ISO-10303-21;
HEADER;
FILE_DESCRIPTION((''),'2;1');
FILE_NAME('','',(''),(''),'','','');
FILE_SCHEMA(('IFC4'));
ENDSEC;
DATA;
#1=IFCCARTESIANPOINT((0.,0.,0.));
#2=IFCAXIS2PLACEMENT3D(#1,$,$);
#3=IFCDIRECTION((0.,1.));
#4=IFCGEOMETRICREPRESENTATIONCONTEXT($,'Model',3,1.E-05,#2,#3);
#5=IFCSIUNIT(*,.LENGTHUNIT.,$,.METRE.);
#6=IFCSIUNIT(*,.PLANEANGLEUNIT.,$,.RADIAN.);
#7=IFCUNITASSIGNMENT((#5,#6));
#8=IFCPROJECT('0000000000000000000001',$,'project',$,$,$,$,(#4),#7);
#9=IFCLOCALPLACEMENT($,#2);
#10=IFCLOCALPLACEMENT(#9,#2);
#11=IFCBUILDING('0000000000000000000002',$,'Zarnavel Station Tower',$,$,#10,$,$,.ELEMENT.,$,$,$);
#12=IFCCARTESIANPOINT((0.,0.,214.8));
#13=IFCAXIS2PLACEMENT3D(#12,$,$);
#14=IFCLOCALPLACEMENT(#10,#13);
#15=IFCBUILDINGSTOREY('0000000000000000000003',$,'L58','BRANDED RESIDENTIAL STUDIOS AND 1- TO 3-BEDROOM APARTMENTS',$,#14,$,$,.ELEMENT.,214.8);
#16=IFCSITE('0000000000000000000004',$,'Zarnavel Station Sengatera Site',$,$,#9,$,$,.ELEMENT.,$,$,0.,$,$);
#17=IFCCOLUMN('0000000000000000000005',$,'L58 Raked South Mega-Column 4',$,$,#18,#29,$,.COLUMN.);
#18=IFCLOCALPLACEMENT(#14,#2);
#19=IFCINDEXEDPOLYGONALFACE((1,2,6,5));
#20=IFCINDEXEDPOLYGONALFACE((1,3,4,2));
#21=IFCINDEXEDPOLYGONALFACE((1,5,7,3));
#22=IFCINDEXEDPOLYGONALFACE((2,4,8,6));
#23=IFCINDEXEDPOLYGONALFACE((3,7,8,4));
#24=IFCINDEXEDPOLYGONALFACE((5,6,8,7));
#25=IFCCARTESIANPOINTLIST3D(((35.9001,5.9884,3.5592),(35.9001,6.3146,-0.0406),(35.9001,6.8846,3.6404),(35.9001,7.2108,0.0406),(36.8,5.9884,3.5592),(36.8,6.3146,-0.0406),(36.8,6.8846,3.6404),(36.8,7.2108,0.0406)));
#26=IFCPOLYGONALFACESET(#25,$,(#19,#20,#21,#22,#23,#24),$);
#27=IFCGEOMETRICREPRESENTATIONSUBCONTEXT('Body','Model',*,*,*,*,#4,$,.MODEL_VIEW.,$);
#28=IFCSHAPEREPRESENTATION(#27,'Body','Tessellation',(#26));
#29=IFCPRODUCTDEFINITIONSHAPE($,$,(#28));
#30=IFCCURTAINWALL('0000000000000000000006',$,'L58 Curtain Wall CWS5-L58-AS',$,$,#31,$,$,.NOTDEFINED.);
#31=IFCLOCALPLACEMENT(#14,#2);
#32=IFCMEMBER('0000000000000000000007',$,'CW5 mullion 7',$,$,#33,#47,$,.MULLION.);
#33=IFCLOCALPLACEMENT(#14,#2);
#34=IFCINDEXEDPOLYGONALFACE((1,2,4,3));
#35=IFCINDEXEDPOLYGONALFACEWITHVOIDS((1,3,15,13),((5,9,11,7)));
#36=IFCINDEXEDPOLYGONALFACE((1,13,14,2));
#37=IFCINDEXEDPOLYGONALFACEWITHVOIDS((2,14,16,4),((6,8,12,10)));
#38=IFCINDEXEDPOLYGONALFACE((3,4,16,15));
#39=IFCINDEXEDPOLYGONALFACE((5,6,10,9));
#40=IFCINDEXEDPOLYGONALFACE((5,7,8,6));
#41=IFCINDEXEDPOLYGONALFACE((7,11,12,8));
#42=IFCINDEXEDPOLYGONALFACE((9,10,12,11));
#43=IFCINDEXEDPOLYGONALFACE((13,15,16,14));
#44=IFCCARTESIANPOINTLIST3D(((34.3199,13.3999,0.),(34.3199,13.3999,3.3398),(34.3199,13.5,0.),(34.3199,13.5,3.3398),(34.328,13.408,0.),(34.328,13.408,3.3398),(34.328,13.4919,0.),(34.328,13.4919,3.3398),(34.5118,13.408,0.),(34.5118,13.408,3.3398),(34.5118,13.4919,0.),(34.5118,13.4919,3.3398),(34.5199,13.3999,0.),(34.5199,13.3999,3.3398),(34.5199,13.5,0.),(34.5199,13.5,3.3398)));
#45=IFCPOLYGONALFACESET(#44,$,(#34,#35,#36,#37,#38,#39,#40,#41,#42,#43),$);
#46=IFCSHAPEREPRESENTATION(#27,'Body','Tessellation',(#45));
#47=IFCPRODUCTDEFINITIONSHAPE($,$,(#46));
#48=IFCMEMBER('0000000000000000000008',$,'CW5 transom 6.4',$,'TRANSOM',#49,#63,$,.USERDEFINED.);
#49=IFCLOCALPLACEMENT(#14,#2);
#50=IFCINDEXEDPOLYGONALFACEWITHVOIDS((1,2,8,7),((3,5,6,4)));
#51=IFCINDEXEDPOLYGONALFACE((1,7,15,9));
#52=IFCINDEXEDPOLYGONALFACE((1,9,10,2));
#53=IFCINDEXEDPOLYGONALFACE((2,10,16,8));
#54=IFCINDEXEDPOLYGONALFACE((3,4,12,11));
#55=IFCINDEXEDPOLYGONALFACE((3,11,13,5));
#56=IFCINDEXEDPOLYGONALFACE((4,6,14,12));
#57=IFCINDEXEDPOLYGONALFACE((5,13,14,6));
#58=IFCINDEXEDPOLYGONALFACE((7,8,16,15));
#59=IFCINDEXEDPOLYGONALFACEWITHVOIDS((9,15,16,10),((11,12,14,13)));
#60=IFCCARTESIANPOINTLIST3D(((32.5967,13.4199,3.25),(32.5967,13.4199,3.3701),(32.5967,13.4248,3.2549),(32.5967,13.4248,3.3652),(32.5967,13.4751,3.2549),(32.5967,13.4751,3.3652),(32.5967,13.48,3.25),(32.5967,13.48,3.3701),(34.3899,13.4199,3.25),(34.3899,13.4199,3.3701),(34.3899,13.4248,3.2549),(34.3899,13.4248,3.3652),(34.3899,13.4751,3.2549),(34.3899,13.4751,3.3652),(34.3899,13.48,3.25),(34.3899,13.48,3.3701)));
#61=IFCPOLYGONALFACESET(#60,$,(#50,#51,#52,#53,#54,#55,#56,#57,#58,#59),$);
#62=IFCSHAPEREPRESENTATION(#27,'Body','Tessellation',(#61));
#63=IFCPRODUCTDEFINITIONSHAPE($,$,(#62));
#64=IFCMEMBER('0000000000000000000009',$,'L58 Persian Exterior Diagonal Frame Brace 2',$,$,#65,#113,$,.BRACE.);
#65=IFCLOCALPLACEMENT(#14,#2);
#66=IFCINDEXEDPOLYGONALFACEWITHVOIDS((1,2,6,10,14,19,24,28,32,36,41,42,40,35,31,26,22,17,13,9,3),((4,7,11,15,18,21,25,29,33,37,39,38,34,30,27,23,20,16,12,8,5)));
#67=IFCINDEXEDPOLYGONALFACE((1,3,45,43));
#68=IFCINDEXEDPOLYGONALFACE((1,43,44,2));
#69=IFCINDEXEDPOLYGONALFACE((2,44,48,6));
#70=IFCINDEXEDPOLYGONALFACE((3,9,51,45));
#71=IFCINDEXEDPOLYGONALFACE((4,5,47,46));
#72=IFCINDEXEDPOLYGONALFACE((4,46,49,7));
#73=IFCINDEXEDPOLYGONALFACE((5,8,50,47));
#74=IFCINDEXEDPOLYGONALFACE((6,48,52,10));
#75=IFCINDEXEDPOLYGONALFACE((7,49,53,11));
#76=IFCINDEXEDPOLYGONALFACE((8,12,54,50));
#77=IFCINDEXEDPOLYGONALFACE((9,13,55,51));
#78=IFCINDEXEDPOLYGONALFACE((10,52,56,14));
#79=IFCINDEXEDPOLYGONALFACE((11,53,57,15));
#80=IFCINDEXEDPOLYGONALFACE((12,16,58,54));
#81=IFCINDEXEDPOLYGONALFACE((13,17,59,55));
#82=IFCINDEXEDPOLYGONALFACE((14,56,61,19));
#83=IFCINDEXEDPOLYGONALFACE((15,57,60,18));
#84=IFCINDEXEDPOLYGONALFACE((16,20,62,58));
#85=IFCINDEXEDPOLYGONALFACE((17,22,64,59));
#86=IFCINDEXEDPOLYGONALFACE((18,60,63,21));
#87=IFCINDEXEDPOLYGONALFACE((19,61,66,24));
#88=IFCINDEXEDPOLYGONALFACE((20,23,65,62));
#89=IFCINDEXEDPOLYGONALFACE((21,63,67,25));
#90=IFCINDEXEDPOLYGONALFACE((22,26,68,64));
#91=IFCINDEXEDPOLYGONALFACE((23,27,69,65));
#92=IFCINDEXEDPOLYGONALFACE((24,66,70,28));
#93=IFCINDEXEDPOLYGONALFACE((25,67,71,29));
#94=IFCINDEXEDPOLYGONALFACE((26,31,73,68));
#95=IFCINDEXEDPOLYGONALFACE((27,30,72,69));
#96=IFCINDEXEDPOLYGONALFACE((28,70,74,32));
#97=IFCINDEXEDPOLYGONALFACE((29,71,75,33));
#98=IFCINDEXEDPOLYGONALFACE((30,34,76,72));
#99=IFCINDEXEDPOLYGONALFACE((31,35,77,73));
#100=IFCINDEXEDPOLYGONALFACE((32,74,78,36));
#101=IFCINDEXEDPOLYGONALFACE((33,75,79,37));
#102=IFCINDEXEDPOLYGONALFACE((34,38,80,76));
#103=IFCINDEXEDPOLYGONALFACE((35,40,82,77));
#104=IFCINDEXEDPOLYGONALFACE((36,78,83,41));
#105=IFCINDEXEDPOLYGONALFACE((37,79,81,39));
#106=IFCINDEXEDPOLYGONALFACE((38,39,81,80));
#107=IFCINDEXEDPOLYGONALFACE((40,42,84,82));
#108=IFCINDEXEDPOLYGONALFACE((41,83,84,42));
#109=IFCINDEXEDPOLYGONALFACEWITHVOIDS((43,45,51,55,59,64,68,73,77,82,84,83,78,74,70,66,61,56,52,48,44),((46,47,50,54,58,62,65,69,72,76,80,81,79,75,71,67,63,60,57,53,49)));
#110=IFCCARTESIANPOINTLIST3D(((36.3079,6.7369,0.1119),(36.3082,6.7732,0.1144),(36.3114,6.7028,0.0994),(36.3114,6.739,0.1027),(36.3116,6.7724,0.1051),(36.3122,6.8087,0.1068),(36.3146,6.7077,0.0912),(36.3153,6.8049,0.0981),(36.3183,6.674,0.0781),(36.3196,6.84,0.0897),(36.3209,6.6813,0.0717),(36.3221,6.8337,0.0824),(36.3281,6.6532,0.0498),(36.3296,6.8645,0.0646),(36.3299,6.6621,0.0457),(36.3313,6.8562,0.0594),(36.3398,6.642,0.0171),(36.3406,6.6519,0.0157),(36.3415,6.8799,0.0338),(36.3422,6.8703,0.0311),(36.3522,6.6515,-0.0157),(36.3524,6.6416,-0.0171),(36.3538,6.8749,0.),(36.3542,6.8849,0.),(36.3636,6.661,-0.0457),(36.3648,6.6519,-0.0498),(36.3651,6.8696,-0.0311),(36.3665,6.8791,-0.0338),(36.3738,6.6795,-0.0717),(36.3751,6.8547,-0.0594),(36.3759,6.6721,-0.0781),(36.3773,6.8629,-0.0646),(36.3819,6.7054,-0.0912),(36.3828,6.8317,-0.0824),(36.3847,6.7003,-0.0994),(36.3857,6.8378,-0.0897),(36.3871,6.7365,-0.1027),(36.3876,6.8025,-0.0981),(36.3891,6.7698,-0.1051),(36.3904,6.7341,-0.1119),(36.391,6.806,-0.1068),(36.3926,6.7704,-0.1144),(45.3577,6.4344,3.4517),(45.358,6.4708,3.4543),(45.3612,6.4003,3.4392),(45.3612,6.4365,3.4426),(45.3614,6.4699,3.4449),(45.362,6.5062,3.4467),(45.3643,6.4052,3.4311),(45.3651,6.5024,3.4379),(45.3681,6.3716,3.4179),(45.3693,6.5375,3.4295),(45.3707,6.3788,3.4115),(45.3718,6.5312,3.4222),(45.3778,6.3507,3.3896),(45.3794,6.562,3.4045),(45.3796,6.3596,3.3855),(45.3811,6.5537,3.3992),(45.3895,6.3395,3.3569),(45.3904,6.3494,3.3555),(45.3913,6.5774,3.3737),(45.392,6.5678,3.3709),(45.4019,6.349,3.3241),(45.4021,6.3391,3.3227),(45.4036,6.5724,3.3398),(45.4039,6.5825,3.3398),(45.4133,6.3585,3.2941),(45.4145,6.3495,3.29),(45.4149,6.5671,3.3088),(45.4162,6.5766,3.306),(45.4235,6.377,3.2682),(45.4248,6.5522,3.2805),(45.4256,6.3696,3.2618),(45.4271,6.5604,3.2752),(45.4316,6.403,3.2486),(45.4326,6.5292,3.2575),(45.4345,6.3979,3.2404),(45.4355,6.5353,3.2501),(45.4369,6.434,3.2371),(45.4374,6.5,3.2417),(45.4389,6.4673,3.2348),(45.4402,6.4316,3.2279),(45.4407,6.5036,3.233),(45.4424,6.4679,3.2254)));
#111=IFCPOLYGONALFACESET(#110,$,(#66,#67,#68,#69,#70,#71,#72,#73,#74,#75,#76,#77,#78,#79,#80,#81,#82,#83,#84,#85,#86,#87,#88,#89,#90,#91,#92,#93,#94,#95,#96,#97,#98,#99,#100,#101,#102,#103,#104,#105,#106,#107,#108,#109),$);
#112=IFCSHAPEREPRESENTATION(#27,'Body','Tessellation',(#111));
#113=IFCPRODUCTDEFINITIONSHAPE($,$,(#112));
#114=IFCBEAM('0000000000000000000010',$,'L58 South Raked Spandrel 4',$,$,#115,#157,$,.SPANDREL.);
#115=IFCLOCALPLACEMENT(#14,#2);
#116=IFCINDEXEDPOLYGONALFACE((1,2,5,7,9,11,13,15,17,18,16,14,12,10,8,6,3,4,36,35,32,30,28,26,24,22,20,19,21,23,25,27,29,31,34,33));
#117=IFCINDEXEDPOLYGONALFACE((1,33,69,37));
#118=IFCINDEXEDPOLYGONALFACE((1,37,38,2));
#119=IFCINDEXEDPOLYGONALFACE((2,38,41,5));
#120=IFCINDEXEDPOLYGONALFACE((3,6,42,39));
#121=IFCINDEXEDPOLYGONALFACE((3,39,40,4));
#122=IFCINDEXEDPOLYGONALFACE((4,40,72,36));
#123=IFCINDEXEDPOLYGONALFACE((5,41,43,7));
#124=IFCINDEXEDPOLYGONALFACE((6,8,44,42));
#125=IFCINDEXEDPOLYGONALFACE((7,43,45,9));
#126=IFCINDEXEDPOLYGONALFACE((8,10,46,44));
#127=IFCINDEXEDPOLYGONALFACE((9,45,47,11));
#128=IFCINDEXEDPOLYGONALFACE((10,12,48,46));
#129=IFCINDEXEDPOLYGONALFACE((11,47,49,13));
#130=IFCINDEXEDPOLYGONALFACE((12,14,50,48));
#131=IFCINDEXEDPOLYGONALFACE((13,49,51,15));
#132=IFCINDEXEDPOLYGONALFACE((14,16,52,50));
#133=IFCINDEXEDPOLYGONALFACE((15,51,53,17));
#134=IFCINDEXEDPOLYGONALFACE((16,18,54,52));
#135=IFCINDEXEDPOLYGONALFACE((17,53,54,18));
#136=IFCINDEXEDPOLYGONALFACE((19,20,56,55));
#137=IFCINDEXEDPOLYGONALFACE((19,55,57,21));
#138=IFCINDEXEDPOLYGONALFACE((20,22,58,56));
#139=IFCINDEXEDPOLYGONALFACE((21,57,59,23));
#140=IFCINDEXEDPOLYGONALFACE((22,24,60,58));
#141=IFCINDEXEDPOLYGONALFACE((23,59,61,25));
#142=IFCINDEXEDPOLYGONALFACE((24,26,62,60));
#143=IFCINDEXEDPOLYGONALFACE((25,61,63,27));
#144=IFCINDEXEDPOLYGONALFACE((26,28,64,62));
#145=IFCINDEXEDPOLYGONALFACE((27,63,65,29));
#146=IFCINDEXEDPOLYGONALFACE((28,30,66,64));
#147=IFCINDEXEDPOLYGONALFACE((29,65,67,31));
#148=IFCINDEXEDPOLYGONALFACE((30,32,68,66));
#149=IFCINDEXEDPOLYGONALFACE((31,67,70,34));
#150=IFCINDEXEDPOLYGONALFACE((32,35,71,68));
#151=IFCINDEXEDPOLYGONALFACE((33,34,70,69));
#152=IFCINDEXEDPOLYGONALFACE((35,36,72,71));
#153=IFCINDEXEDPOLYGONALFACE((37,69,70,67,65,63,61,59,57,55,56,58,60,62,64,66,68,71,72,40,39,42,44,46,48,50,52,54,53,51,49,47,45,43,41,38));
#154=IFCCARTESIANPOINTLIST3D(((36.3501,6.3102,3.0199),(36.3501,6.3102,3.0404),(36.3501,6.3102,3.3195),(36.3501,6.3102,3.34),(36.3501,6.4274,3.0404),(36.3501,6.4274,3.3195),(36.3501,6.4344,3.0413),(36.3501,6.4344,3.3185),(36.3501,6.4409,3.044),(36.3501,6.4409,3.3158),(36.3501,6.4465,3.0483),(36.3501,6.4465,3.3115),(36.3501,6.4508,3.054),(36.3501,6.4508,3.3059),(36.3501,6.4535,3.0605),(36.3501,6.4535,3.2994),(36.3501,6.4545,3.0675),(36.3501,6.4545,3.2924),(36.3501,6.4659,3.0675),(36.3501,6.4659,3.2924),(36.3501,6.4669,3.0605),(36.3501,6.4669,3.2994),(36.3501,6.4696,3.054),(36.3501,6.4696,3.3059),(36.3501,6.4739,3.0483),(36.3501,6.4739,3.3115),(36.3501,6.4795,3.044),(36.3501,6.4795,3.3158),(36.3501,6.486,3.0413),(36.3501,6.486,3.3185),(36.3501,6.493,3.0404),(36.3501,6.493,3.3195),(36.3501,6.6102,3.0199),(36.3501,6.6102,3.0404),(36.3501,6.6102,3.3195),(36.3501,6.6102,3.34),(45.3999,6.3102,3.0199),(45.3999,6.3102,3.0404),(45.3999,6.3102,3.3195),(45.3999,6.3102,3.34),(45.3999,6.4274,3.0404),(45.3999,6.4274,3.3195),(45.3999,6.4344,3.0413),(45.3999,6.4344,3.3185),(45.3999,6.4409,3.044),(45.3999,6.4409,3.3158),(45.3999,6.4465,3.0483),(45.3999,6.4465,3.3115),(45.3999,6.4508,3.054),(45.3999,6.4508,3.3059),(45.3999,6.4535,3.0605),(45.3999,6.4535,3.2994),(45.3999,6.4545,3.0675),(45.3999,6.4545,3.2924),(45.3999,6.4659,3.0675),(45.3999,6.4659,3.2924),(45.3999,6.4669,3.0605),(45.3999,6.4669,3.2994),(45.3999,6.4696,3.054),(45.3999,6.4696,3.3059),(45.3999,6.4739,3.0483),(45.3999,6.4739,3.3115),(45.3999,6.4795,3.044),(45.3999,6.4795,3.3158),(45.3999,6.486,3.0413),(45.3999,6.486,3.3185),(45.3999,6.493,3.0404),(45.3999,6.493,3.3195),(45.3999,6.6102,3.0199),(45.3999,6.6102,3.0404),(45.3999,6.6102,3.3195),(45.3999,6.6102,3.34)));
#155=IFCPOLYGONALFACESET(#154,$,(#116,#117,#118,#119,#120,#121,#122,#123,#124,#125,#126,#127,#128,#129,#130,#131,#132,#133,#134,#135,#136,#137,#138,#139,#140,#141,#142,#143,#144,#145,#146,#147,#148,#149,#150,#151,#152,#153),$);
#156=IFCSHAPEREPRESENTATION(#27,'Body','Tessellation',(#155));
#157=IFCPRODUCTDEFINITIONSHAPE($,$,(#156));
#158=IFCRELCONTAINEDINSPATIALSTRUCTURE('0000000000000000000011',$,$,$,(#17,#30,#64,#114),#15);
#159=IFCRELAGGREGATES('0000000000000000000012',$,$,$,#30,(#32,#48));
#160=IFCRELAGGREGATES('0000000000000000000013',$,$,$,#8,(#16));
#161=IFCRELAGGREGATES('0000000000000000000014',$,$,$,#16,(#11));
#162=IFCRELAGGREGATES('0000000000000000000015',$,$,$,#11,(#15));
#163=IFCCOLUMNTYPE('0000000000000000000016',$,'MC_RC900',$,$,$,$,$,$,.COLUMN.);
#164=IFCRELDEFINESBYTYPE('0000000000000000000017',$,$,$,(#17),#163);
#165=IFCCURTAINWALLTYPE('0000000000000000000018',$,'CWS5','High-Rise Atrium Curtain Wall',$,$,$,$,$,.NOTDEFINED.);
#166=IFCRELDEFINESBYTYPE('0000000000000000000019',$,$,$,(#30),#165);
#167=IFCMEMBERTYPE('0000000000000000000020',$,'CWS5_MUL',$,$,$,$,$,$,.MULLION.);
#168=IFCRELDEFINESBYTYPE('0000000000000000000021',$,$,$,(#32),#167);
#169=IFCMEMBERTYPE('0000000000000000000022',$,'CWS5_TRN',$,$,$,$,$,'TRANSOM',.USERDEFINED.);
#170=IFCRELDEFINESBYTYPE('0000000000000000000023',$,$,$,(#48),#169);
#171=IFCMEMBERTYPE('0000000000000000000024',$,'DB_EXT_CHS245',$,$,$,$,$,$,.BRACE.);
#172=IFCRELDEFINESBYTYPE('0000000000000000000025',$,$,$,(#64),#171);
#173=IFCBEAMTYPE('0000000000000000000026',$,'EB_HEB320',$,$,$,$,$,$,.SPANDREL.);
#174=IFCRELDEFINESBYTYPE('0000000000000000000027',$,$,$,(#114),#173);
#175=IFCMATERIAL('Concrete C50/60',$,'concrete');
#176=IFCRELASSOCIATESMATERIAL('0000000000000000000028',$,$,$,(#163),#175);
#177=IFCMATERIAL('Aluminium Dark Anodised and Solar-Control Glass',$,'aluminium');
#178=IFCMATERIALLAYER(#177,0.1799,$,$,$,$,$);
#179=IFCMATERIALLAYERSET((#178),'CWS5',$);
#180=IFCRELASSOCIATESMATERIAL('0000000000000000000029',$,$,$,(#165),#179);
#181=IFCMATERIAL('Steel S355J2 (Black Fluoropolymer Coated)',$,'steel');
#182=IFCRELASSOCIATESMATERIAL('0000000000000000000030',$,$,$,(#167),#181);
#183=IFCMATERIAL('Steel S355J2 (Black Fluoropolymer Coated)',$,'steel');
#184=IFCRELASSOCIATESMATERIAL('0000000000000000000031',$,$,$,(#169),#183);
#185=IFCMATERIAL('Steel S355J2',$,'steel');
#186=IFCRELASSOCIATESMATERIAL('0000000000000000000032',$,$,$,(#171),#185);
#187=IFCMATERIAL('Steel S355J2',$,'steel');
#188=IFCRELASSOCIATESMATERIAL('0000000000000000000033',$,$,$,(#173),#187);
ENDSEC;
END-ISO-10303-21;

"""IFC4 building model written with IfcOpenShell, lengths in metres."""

from ifc_helpers import new_model, si_unit, direction, frame, origin, origin_2d, place, context, subcontext, project, spatial, rectangle, hollow_rectangle, hollow_circle, i_section, extrude, material, layer, layer_set, material_profile, profile_set, type_object, element, aggregate, save


model = new_model("IFC4")

# Units and contexts
model_context = context("Model", 3, precision=1e-05, world=origin(), true_north=direction((0.0, 1.0)))
body_context = subcontext(model_context, "Body", "Model", "MODEL_VIEW")
ifc_project = project(units=[si_unit("LENGTHUNIT", "METRE"), si_unit("PLANEANGLEUNIT", "RADIAN")], contexts=[model_context])

# Site, building, storey
site_placement = place(None, origin())
site = spatial("IfcSite", under=ifc_project, at=site_placement, Name="Zarnavel Station Sengatera Site", CompositionType="ELEMENT", RefElevation=0.0)
building_placement = place(site_placement, origin())
building = spatial("IfcBuilding", under=site, at=building_placement, Name="Zarnavel Station Tower", CompositionType="ELEMENT")
storey_placement = place(building_placement, frame((0.0, 0.0, 214.8)))
storey = spatial("IfcBuildingStorey", under=building, at=storey_placement, Name="L58", Description="BRANDED RESIDENTIAL STUDIOS AND 1- TO 3-BEDROOM APARTMENTS", CompositionType="ELEMENT", Elevation=214.8)

# Column
ifc_material_1 = material(Name="Concrete C50/60", Category="concrete")
ifc_material_profile_1 = material_profile(ifc_material_1, rectangle(XDim=0.8999, YDim=0.8999, at=origin_2d()), Name="RC900x900")
ifc_profile_set_1 = profile_set([ifc_material_profile_1], Name="Concrete C50/60")
column_type = type_object("IfcColumnType", Name="MC_RC900", PredefinedType="COLUMN", material=ifc_profile_set_1)
column_placement = place(storey_placement, frame((36.3501, 6.7627, 0.0), z_axis=(0.0, -0.090237, 0.99592), x_axis=(1.0, 0.0, 0.0)))
element("IfcColumn", 1, at=column_placement, inside=storey, type_object=column_type, Name="L58 Raked South Mega-Column 4", PredefinedType="COLUMN", context=body_context, shape_type="SweptSolid", body=[
    extrude(rectangle(XDim=0.8999, YDim=0.8999, at=origin_2d()), origin(), (0.0, 0.0, 1.0), 3.6145),
])

# Curtain wall, members
ifc_material_2 = material(Name="Aluminium Dark Anodised and Solar-Control Glass", Category="aluminium")
ifc_layer_1 = layer(ifc_material_2, 0.1799)
ifc_layer_set_1 = layer_set([ifc_layer_1], Name="CWS5")
curtain_wall_type = type_object("IfcCurtainWallType", Name="CWS5", Description="High-Rise Atrium Curtain Wall", PredefinedType="NOTDEFINED", material=ifc_layer_set_1)
curtain_wall_placement = place(storey_placement, origin())
curtain_wall = element("IfcCurtainWall", 2, at=curtain_wall_placement, inside=storey, type_object=curtain_wall_type, Name="L58 Curtain Wall CWS5-L58-AS", PredefinedType="NOTDEFINED")
ifc_material_3 = material(Name="Steel S355J2 (Black Fluoropolymer Coated)", Category="steel")
ifc_material_profile_2 = material_profile(ifc_material_3, hollow_rectangle(XDim=0.1001, YDim=0.2, WallThickness=0.0081, at=origin_2d()), Name="RHS200x100x8")
ifc_profile_set_2 = profile_set([ifc_material_profile_2], Name="Steel S355J2 (Black Fluoropolymer Coated)")
member_type_1 = type_object("IfcMemberType", Name="CWS5_MUL", PredefinedType="MULLION", material=ifc_profile_set_2)
member_1_placement = place(storey_placement, frame((34.4199, 13.45, 0.0), z_axis=(0.0, 0.0, 1.0), x_axis=(0.0, 1.0, 0.0)))
member_1 = element("IfcMember", 3, at=member_1_placement, type_object=member_type_1, Name="CW5 mullion 7", PredefinedType="MULLION", context=body_context, shape_type="SweptSolid", body=[
    extrude(hollow_rectangle(XDim=0.1001, YDim=0.2, WallThickness=0.0081, at=origin_2d()), origin(), (0.0, 0.0, 1.0), 3.3398),
])
ifc_material_4 = material(Name="Steel S355J2 (Black Fluoropolymer Coated)", Category="steel")
ifc_material_profile_3 = material_profile(ifc_material_4, hollow_rectangle(XDim=0.0601, YDim=0.1201, WallThickness=0.0049, at=origin_2d()), Name="RHS120x60x5")
ifc_profile_set_3 = profile_set([ifc_material_profile_3], Name="Steel S355J2 (Black Fluoropolymer Coated)")
member_type_2 = type_object("IfcMemberType", Name="CWS5_TRN", ElementType="TRANSOM", PredefinedType="USERDEFINED", material=ifc_profile_set_3)
member_2_placement = place(storey_placement, frame((32.5967, 13.45, 3.3101), z_axis=(1.0, 0.0, 0.0), x_axis=(0.0, 1.0, 0.0)))
member_2 = element("IfcMember", 4, at=member_2_placement, type_object=member_type_2, Name="CW5 transom 6.4", ObjectType="TRANSOM", PredefinedType="USERDEFINED", context=body_context, shape_type="SweptSolid", body=[
    extrude(hollow_rectangle(XDim=0.0601, YDim=0.1201, WallThickness=0.0049, at=origin_2d()), origin(), (0.0, 0.0, 1.0), 1.7932),
])

# Member
ifc_material_5 = material(Name="Steel S355J2", Category="steel")
ifc_material_profile_4 = material_profile(ifc_material_5, hollow_circle(Radius=0.1223, WallThickness=0.01, at=origin_2d()), Name="CHS244.5x10")
ifc_profile_set_4 = profile_set([ifc_material_profile_4], Name="Steel S355J2")
member_type_3 = type_object("IfcMemberType", Name="DB_EXT_CHS245", PredefinedType="BRACE", material=ifc_profile_set_4)
member_3_placement = place(storey_placement, frame((36.3501, 6.7627, 0.0), z_axis=(0.93769, -0.031342, 0.346056), x_axis=(0.033406, 0.999442, 0.0)))
element("IfcMember", 5, at=member_3_placement, inside=storey, type_object=member_type_3, Name="L58 Persian Exterior Diagonal Frame Brace 2", PredefinedType="BRACE", context=body_context, shape_type="SweptSolid", body=[
    extrude(hollow_circle(Radius=0.1223, WallThickness=0.01, at=origin_2d()), origin(), (0.0, 0.0, 1.0), 9.6511),
])

# Beam
ifc_material_6 = material(Name="Steel S355J2", Category="steel")
ifc_material_profile_5 = material_profile(ifc_material_6, i_section(OverallWidth=0.3, OverallDepth=0.3201, WebThickness=0.0115, FlangeThickness=0.0205, FilletRadius=0.0271, at=origin_2d()), Name="HEB320")
ifc_profile_set_5 = profile_set([ifc_material_profile_5], Name="Steel S355J2")
beam_type_1 = type_object("IfcBeamType", Name="EB_HEB320", PredefinedType="SPANDREL", material=ifc_profile_set_5)
beam_1_placement = place(storey_placement, frame((36.3501, 6.4602, 3.1799), z_axis=(1.0, 0.0, 0.0), x_axis=(0.0, 1.0, 0.0)))
element("IfcBeam", 6, at=beam_1_placement, inside=storey, type_object=beam_type_1, Name="L58 South Raked Spandrel 4", PredefinedType="SPANDREL", context=body_context, shape_type="SweptSolid", body=[
    extrude(i_section(OverallWidth=0.3, OverallDepth=0.3201, WebThickness=0.0115, FlangeThickness=0.0205, FilletRadius=0.0271, at=origin_2d()), origin(), (0.0, 0.0, 1.0), 9.0498),
])

aggregate(curtain_wall, [member_1, member_2])

save(model, "model.ifc")
